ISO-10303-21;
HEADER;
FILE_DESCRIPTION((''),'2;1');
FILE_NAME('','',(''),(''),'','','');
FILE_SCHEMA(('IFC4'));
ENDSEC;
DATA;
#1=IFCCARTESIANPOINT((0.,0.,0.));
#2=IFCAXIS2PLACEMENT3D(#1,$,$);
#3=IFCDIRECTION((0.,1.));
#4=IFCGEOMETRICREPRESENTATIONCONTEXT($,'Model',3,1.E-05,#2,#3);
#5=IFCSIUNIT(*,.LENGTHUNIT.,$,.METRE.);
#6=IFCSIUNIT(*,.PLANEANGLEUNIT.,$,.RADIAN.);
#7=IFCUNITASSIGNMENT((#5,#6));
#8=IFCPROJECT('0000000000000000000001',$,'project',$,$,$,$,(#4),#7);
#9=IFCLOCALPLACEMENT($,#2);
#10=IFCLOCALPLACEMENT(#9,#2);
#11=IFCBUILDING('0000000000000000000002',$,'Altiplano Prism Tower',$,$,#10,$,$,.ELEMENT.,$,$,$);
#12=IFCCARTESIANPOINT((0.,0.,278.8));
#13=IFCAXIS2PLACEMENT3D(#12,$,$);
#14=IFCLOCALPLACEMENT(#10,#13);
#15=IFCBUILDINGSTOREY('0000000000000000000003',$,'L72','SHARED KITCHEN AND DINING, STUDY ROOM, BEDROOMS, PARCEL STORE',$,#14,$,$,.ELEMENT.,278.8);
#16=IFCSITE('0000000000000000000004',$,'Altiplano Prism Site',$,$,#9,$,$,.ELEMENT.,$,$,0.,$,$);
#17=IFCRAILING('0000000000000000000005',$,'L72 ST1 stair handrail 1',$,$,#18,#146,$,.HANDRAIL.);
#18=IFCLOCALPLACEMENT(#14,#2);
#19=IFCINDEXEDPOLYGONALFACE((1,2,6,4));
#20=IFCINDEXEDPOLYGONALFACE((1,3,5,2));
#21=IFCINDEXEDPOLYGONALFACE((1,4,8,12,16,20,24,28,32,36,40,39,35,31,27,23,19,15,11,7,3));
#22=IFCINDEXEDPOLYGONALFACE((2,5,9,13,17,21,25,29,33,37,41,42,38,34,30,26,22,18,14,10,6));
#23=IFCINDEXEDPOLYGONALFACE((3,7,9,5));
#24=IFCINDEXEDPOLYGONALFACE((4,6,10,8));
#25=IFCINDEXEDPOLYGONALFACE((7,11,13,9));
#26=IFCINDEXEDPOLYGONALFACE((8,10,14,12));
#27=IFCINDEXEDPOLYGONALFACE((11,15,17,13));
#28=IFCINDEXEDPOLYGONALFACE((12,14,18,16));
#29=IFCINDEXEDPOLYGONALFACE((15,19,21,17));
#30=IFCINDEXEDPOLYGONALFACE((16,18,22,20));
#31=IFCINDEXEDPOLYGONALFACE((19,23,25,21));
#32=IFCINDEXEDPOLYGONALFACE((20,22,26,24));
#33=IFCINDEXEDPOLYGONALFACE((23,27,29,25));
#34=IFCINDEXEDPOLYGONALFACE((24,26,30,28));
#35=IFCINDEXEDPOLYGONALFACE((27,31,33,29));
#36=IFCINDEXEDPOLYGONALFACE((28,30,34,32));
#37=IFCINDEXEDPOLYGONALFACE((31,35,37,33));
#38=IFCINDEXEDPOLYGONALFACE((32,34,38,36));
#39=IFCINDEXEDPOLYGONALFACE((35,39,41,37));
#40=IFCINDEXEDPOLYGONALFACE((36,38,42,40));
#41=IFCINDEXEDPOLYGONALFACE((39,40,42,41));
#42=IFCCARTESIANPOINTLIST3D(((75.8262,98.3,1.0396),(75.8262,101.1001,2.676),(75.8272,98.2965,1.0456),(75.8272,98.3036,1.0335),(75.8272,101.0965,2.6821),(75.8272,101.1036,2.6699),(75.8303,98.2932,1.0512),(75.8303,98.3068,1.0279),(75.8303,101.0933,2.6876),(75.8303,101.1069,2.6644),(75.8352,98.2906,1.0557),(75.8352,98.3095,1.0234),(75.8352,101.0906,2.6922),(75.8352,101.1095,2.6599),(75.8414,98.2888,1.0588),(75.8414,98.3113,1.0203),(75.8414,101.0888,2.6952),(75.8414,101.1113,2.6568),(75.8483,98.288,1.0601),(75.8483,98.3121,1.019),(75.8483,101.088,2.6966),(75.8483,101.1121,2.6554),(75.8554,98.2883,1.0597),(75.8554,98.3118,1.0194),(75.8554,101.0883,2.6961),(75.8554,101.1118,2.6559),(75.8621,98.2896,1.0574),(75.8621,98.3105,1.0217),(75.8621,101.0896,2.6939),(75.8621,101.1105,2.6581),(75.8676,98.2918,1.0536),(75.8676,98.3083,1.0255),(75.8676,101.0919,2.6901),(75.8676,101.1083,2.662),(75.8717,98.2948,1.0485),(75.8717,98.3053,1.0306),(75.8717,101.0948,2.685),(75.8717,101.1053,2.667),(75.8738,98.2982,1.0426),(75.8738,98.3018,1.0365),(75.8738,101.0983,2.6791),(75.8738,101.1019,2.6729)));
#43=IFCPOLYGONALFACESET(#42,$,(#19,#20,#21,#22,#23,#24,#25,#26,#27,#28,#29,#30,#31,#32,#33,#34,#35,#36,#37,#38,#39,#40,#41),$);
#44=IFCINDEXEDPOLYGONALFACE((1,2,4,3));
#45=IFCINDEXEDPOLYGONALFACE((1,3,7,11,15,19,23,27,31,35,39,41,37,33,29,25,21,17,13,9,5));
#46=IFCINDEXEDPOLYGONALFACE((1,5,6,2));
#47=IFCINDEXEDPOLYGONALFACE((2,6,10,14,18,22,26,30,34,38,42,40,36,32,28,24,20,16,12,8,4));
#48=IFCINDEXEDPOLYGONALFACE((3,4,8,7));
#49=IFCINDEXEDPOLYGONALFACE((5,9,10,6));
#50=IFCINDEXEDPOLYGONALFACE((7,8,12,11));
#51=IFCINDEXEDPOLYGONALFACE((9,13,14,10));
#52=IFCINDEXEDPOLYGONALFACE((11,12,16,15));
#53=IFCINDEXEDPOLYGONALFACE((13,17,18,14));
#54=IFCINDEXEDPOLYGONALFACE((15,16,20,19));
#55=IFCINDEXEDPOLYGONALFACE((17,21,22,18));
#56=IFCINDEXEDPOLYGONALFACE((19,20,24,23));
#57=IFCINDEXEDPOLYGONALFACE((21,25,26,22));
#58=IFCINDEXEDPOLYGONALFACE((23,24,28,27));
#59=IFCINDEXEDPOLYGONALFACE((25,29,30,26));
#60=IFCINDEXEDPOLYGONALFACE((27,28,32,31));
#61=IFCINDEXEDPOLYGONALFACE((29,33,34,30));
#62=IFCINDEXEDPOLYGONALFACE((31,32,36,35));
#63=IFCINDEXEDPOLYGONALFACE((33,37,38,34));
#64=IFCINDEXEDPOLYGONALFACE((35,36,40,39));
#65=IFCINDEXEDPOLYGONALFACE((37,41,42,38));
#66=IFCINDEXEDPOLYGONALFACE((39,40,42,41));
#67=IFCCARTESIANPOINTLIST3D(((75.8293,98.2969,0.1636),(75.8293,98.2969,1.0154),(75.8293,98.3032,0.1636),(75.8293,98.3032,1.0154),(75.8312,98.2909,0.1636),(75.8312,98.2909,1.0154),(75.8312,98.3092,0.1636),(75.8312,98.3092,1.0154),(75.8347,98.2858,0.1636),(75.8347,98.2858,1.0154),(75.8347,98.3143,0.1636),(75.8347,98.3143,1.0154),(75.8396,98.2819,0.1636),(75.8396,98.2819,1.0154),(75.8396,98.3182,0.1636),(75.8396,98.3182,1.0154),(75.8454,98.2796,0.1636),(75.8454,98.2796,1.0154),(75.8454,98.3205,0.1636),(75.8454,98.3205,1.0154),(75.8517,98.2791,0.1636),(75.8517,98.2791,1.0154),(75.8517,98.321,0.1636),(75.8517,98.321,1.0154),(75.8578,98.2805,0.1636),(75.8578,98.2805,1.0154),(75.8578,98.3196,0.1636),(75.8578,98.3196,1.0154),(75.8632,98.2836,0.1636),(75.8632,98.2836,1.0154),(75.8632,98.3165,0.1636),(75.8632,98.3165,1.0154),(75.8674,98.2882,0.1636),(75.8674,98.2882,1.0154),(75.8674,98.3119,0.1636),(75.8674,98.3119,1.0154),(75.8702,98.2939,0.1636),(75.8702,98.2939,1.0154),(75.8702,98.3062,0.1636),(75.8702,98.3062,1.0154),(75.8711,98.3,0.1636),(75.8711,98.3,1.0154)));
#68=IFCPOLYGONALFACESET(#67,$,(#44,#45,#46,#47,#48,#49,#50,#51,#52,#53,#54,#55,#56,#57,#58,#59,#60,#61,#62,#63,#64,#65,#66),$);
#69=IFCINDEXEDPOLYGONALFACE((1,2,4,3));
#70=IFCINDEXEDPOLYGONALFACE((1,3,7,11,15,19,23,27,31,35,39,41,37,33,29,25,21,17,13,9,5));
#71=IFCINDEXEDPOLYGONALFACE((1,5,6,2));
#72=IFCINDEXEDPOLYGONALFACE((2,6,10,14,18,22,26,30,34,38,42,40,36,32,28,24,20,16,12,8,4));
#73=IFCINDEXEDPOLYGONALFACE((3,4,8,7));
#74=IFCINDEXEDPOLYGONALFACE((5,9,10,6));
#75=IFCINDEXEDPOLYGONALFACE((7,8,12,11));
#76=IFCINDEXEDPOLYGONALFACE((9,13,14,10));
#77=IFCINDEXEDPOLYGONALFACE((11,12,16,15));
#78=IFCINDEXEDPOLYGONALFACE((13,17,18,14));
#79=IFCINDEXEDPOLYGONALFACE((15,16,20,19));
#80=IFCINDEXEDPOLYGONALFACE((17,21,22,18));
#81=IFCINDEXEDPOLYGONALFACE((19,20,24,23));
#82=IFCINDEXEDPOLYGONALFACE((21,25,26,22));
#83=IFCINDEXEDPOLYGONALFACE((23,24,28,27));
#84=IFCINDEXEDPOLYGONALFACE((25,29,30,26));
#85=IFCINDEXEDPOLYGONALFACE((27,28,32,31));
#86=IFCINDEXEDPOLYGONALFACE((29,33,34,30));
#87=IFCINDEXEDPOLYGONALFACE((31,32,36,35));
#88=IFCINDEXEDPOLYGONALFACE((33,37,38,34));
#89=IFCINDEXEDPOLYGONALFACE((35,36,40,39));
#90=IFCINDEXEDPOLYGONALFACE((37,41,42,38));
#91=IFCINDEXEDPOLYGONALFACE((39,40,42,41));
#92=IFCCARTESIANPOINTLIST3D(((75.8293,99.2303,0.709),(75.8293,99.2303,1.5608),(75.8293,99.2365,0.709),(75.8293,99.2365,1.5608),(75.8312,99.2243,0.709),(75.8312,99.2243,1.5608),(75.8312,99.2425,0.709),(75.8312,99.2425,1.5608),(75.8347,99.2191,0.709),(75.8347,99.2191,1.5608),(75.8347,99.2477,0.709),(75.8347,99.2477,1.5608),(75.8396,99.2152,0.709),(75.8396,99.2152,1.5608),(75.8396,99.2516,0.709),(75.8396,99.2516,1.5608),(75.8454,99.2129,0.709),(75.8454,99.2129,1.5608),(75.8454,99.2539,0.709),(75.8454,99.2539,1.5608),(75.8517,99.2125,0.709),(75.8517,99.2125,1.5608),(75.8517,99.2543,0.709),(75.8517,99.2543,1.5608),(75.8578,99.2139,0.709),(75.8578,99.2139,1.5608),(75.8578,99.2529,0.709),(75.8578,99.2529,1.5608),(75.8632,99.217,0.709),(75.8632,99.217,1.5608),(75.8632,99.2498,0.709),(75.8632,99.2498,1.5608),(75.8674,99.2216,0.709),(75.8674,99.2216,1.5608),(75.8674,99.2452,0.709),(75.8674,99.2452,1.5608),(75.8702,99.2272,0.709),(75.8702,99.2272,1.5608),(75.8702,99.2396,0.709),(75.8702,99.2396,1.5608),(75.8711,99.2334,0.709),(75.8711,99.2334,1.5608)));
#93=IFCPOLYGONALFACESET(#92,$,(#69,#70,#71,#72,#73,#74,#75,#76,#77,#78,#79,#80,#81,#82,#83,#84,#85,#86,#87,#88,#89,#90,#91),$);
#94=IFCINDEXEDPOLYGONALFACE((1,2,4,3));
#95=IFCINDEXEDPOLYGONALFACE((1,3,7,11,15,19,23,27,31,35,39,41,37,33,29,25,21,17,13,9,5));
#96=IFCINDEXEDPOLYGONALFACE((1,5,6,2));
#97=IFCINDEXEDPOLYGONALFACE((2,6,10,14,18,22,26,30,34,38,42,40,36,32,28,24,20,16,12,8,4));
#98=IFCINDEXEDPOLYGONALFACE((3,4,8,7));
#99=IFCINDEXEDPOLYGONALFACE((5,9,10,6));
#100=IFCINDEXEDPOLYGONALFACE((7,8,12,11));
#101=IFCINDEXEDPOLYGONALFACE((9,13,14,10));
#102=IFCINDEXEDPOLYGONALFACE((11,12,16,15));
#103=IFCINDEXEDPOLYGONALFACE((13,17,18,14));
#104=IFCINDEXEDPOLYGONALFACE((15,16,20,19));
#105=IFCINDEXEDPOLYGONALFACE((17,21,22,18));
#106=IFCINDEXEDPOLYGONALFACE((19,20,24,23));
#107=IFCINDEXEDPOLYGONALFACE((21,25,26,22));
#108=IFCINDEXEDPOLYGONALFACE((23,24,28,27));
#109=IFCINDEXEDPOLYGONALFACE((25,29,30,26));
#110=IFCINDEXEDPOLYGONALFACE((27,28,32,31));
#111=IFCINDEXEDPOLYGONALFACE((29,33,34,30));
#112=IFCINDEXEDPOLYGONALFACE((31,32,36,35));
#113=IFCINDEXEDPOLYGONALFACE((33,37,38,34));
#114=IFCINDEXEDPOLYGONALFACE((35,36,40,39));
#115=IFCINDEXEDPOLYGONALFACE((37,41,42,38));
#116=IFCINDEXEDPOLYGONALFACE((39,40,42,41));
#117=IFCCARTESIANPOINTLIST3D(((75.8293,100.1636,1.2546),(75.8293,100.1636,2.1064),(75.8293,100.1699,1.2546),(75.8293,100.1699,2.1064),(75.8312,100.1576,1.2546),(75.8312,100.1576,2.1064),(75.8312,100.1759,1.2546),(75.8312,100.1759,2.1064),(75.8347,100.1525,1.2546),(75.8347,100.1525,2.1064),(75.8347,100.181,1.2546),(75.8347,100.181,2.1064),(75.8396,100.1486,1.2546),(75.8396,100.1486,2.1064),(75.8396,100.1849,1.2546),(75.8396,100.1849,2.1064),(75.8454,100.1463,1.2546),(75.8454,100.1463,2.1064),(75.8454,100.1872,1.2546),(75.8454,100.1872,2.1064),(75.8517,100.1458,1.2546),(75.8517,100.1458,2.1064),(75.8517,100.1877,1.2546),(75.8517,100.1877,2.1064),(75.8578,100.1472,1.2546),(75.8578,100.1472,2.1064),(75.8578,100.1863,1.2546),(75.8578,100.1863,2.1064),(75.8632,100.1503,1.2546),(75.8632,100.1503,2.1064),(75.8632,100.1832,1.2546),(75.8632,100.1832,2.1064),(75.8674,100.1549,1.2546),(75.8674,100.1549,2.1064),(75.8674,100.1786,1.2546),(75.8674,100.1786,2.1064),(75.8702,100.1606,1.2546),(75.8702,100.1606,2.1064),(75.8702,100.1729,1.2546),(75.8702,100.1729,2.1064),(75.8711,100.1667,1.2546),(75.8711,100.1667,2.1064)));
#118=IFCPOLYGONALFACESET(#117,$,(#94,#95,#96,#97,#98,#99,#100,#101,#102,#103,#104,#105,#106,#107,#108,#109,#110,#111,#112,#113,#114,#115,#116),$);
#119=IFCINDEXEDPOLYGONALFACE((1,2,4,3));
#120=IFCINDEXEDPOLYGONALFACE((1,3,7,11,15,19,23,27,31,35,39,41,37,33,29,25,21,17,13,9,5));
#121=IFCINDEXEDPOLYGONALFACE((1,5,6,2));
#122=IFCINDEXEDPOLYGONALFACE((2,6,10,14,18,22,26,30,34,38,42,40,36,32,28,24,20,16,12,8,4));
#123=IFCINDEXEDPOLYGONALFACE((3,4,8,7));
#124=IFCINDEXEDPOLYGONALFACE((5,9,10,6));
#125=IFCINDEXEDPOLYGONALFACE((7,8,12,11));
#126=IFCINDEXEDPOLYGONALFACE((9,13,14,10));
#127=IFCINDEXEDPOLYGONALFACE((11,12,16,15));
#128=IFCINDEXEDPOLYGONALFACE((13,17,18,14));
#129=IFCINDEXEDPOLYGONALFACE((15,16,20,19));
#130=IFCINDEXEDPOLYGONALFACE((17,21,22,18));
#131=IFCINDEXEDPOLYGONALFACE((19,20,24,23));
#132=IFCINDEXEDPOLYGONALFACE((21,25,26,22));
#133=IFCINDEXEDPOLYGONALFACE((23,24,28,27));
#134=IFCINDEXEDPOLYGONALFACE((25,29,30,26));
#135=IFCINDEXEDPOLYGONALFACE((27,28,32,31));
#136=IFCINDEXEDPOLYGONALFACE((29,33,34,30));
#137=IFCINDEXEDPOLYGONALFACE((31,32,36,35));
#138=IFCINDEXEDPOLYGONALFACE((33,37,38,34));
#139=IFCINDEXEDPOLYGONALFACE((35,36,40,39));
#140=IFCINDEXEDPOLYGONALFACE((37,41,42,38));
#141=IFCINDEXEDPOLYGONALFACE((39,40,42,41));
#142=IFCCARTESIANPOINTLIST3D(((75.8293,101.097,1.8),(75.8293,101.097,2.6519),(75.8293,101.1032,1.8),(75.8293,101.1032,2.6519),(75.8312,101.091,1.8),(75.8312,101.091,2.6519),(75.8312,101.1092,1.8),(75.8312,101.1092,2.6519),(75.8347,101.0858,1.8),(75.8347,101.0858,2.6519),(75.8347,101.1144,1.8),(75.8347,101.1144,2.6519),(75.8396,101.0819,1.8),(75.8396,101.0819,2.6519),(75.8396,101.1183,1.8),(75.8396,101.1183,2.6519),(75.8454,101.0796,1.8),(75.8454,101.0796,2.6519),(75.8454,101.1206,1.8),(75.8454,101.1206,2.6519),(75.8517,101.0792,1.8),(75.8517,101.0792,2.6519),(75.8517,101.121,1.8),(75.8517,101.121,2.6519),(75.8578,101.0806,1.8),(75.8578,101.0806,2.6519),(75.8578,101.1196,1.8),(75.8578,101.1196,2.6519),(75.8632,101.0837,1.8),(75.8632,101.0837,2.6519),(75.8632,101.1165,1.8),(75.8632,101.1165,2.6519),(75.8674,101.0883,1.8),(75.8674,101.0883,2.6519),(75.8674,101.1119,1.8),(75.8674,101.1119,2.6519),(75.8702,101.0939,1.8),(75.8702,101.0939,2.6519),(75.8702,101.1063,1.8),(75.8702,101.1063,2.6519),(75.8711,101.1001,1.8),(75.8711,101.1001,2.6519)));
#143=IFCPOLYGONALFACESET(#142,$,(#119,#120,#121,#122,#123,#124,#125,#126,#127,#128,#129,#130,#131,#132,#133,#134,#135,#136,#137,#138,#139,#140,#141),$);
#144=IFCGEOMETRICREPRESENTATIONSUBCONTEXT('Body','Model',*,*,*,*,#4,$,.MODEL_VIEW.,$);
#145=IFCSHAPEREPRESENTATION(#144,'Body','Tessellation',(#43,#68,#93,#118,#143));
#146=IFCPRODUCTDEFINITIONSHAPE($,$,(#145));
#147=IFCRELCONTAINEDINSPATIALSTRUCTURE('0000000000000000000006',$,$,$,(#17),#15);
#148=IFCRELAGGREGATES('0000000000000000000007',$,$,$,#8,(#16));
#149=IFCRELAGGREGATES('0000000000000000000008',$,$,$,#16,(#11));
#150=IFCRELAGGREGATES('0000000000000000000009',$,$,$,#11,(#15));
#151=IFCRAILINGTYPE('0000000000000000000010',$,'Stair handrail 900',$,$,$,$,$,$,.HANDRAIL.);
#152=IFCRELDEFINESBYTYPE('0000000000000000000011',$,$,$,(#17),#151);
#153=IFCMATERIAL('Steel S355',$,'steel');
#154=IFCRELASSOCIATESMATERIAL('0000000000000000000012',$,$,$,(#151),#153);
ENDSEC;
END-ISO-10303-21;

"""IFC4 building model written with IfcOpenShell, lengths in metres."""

from ifc_helpers import new_model, si_unit, direction, frame, origin, origin_2d, place, context, subcontext, project, spatial, circle, extrude, material, type_object, element, save


model = new_model("IFC4")

# Units and contexts
model_context = context("Model", 3, precision=1e-05, world=origin(), true_north=direction((0.0, 1.0)))
body_context = subcontext(model_context, "Body", "Model", "MODEL_VIEW")
ifc_project = project(units=[si_unit("LENGTHUNIT", "METRE"), si_unit("PLANEANGLEUNIT", "RADIAN")], contexts=[model_context])

# Site, building, storey
site_placement = place(None, origin())
site = spatial("IfcSite", under=ifc_project, at=site_placement, Name="Altiplano Prism Site", CompositionType="ELEMENT", RefElevation=0.0)
building_placement = place(site_placement, origin())
building = spatial("IfcBuilding", under=site, at=building_placement, Name="Altiplano Prism Tower", CompositionType="ELEMENT")
storey_placement = place(building_placement, frame((0.0, 0.0, 278.8)))
storey = spatial("IfcBuildingStorey", under=building, at=storey_placement, Name="L72", Description="SHARED KITCHEN AND DINING, STUDY ROOM, BEDROOMS, PARCEL STORE", CompositionType="ELEMENT", Elevation=278.8)

# Railing
ifc_material_1 = material(Name="Steel S355", Category="steel")
railing_type_1 = type_object("IfcRailingType", Name="Stair handrail 900", PredefinedType="HANDRAIL", material=ifc_material_1)
railing_1_placement = place(storey_placement, frame((75.8501, 98.3, 0.1636)))
element("IfcRailing", 1, at=railing_1_placement, inside=storey, type_object=railing_type_1, Name="L72 ST1 stair handrail 1", PredefinedType="HANDRAIL", context=body_context, shape_type="SweptSolid", body=[
    extrude(circle(Radius=0.0239, at=origin_2d()), frame((0.0, 0.0, 0.876), z_axis=(0.0, 0.863361, 0.504587), x_axis=(-1.0, 0.0, 0.0)), (0.0, 0.0, 1.0), 3.2432),
    extrude(circle(Radius=0.021, at=origin_2d()), origin(), (0.0, 0.0, 1.0), 0.8518),
    extrude(circle(Radius=0.021, at=origin_2d()), frame((0.0, 0.9333, 0.5454)), (0.0, 0.0, 1.0), 0.8518),
    extrude(circle(Radius=0.021, at=origin_2d()), frame((0.0, 1.8667, 1.0911)), (0.0, 0.0, 1.0), 0.8518),
    extrude(circle(Radius=0.021, at=origin_2d()), frame((0.0, 2.8, 1.6365)), (0.0, 0.0, 1.0), 0.8518),
])

save(model, "model.ifc")
